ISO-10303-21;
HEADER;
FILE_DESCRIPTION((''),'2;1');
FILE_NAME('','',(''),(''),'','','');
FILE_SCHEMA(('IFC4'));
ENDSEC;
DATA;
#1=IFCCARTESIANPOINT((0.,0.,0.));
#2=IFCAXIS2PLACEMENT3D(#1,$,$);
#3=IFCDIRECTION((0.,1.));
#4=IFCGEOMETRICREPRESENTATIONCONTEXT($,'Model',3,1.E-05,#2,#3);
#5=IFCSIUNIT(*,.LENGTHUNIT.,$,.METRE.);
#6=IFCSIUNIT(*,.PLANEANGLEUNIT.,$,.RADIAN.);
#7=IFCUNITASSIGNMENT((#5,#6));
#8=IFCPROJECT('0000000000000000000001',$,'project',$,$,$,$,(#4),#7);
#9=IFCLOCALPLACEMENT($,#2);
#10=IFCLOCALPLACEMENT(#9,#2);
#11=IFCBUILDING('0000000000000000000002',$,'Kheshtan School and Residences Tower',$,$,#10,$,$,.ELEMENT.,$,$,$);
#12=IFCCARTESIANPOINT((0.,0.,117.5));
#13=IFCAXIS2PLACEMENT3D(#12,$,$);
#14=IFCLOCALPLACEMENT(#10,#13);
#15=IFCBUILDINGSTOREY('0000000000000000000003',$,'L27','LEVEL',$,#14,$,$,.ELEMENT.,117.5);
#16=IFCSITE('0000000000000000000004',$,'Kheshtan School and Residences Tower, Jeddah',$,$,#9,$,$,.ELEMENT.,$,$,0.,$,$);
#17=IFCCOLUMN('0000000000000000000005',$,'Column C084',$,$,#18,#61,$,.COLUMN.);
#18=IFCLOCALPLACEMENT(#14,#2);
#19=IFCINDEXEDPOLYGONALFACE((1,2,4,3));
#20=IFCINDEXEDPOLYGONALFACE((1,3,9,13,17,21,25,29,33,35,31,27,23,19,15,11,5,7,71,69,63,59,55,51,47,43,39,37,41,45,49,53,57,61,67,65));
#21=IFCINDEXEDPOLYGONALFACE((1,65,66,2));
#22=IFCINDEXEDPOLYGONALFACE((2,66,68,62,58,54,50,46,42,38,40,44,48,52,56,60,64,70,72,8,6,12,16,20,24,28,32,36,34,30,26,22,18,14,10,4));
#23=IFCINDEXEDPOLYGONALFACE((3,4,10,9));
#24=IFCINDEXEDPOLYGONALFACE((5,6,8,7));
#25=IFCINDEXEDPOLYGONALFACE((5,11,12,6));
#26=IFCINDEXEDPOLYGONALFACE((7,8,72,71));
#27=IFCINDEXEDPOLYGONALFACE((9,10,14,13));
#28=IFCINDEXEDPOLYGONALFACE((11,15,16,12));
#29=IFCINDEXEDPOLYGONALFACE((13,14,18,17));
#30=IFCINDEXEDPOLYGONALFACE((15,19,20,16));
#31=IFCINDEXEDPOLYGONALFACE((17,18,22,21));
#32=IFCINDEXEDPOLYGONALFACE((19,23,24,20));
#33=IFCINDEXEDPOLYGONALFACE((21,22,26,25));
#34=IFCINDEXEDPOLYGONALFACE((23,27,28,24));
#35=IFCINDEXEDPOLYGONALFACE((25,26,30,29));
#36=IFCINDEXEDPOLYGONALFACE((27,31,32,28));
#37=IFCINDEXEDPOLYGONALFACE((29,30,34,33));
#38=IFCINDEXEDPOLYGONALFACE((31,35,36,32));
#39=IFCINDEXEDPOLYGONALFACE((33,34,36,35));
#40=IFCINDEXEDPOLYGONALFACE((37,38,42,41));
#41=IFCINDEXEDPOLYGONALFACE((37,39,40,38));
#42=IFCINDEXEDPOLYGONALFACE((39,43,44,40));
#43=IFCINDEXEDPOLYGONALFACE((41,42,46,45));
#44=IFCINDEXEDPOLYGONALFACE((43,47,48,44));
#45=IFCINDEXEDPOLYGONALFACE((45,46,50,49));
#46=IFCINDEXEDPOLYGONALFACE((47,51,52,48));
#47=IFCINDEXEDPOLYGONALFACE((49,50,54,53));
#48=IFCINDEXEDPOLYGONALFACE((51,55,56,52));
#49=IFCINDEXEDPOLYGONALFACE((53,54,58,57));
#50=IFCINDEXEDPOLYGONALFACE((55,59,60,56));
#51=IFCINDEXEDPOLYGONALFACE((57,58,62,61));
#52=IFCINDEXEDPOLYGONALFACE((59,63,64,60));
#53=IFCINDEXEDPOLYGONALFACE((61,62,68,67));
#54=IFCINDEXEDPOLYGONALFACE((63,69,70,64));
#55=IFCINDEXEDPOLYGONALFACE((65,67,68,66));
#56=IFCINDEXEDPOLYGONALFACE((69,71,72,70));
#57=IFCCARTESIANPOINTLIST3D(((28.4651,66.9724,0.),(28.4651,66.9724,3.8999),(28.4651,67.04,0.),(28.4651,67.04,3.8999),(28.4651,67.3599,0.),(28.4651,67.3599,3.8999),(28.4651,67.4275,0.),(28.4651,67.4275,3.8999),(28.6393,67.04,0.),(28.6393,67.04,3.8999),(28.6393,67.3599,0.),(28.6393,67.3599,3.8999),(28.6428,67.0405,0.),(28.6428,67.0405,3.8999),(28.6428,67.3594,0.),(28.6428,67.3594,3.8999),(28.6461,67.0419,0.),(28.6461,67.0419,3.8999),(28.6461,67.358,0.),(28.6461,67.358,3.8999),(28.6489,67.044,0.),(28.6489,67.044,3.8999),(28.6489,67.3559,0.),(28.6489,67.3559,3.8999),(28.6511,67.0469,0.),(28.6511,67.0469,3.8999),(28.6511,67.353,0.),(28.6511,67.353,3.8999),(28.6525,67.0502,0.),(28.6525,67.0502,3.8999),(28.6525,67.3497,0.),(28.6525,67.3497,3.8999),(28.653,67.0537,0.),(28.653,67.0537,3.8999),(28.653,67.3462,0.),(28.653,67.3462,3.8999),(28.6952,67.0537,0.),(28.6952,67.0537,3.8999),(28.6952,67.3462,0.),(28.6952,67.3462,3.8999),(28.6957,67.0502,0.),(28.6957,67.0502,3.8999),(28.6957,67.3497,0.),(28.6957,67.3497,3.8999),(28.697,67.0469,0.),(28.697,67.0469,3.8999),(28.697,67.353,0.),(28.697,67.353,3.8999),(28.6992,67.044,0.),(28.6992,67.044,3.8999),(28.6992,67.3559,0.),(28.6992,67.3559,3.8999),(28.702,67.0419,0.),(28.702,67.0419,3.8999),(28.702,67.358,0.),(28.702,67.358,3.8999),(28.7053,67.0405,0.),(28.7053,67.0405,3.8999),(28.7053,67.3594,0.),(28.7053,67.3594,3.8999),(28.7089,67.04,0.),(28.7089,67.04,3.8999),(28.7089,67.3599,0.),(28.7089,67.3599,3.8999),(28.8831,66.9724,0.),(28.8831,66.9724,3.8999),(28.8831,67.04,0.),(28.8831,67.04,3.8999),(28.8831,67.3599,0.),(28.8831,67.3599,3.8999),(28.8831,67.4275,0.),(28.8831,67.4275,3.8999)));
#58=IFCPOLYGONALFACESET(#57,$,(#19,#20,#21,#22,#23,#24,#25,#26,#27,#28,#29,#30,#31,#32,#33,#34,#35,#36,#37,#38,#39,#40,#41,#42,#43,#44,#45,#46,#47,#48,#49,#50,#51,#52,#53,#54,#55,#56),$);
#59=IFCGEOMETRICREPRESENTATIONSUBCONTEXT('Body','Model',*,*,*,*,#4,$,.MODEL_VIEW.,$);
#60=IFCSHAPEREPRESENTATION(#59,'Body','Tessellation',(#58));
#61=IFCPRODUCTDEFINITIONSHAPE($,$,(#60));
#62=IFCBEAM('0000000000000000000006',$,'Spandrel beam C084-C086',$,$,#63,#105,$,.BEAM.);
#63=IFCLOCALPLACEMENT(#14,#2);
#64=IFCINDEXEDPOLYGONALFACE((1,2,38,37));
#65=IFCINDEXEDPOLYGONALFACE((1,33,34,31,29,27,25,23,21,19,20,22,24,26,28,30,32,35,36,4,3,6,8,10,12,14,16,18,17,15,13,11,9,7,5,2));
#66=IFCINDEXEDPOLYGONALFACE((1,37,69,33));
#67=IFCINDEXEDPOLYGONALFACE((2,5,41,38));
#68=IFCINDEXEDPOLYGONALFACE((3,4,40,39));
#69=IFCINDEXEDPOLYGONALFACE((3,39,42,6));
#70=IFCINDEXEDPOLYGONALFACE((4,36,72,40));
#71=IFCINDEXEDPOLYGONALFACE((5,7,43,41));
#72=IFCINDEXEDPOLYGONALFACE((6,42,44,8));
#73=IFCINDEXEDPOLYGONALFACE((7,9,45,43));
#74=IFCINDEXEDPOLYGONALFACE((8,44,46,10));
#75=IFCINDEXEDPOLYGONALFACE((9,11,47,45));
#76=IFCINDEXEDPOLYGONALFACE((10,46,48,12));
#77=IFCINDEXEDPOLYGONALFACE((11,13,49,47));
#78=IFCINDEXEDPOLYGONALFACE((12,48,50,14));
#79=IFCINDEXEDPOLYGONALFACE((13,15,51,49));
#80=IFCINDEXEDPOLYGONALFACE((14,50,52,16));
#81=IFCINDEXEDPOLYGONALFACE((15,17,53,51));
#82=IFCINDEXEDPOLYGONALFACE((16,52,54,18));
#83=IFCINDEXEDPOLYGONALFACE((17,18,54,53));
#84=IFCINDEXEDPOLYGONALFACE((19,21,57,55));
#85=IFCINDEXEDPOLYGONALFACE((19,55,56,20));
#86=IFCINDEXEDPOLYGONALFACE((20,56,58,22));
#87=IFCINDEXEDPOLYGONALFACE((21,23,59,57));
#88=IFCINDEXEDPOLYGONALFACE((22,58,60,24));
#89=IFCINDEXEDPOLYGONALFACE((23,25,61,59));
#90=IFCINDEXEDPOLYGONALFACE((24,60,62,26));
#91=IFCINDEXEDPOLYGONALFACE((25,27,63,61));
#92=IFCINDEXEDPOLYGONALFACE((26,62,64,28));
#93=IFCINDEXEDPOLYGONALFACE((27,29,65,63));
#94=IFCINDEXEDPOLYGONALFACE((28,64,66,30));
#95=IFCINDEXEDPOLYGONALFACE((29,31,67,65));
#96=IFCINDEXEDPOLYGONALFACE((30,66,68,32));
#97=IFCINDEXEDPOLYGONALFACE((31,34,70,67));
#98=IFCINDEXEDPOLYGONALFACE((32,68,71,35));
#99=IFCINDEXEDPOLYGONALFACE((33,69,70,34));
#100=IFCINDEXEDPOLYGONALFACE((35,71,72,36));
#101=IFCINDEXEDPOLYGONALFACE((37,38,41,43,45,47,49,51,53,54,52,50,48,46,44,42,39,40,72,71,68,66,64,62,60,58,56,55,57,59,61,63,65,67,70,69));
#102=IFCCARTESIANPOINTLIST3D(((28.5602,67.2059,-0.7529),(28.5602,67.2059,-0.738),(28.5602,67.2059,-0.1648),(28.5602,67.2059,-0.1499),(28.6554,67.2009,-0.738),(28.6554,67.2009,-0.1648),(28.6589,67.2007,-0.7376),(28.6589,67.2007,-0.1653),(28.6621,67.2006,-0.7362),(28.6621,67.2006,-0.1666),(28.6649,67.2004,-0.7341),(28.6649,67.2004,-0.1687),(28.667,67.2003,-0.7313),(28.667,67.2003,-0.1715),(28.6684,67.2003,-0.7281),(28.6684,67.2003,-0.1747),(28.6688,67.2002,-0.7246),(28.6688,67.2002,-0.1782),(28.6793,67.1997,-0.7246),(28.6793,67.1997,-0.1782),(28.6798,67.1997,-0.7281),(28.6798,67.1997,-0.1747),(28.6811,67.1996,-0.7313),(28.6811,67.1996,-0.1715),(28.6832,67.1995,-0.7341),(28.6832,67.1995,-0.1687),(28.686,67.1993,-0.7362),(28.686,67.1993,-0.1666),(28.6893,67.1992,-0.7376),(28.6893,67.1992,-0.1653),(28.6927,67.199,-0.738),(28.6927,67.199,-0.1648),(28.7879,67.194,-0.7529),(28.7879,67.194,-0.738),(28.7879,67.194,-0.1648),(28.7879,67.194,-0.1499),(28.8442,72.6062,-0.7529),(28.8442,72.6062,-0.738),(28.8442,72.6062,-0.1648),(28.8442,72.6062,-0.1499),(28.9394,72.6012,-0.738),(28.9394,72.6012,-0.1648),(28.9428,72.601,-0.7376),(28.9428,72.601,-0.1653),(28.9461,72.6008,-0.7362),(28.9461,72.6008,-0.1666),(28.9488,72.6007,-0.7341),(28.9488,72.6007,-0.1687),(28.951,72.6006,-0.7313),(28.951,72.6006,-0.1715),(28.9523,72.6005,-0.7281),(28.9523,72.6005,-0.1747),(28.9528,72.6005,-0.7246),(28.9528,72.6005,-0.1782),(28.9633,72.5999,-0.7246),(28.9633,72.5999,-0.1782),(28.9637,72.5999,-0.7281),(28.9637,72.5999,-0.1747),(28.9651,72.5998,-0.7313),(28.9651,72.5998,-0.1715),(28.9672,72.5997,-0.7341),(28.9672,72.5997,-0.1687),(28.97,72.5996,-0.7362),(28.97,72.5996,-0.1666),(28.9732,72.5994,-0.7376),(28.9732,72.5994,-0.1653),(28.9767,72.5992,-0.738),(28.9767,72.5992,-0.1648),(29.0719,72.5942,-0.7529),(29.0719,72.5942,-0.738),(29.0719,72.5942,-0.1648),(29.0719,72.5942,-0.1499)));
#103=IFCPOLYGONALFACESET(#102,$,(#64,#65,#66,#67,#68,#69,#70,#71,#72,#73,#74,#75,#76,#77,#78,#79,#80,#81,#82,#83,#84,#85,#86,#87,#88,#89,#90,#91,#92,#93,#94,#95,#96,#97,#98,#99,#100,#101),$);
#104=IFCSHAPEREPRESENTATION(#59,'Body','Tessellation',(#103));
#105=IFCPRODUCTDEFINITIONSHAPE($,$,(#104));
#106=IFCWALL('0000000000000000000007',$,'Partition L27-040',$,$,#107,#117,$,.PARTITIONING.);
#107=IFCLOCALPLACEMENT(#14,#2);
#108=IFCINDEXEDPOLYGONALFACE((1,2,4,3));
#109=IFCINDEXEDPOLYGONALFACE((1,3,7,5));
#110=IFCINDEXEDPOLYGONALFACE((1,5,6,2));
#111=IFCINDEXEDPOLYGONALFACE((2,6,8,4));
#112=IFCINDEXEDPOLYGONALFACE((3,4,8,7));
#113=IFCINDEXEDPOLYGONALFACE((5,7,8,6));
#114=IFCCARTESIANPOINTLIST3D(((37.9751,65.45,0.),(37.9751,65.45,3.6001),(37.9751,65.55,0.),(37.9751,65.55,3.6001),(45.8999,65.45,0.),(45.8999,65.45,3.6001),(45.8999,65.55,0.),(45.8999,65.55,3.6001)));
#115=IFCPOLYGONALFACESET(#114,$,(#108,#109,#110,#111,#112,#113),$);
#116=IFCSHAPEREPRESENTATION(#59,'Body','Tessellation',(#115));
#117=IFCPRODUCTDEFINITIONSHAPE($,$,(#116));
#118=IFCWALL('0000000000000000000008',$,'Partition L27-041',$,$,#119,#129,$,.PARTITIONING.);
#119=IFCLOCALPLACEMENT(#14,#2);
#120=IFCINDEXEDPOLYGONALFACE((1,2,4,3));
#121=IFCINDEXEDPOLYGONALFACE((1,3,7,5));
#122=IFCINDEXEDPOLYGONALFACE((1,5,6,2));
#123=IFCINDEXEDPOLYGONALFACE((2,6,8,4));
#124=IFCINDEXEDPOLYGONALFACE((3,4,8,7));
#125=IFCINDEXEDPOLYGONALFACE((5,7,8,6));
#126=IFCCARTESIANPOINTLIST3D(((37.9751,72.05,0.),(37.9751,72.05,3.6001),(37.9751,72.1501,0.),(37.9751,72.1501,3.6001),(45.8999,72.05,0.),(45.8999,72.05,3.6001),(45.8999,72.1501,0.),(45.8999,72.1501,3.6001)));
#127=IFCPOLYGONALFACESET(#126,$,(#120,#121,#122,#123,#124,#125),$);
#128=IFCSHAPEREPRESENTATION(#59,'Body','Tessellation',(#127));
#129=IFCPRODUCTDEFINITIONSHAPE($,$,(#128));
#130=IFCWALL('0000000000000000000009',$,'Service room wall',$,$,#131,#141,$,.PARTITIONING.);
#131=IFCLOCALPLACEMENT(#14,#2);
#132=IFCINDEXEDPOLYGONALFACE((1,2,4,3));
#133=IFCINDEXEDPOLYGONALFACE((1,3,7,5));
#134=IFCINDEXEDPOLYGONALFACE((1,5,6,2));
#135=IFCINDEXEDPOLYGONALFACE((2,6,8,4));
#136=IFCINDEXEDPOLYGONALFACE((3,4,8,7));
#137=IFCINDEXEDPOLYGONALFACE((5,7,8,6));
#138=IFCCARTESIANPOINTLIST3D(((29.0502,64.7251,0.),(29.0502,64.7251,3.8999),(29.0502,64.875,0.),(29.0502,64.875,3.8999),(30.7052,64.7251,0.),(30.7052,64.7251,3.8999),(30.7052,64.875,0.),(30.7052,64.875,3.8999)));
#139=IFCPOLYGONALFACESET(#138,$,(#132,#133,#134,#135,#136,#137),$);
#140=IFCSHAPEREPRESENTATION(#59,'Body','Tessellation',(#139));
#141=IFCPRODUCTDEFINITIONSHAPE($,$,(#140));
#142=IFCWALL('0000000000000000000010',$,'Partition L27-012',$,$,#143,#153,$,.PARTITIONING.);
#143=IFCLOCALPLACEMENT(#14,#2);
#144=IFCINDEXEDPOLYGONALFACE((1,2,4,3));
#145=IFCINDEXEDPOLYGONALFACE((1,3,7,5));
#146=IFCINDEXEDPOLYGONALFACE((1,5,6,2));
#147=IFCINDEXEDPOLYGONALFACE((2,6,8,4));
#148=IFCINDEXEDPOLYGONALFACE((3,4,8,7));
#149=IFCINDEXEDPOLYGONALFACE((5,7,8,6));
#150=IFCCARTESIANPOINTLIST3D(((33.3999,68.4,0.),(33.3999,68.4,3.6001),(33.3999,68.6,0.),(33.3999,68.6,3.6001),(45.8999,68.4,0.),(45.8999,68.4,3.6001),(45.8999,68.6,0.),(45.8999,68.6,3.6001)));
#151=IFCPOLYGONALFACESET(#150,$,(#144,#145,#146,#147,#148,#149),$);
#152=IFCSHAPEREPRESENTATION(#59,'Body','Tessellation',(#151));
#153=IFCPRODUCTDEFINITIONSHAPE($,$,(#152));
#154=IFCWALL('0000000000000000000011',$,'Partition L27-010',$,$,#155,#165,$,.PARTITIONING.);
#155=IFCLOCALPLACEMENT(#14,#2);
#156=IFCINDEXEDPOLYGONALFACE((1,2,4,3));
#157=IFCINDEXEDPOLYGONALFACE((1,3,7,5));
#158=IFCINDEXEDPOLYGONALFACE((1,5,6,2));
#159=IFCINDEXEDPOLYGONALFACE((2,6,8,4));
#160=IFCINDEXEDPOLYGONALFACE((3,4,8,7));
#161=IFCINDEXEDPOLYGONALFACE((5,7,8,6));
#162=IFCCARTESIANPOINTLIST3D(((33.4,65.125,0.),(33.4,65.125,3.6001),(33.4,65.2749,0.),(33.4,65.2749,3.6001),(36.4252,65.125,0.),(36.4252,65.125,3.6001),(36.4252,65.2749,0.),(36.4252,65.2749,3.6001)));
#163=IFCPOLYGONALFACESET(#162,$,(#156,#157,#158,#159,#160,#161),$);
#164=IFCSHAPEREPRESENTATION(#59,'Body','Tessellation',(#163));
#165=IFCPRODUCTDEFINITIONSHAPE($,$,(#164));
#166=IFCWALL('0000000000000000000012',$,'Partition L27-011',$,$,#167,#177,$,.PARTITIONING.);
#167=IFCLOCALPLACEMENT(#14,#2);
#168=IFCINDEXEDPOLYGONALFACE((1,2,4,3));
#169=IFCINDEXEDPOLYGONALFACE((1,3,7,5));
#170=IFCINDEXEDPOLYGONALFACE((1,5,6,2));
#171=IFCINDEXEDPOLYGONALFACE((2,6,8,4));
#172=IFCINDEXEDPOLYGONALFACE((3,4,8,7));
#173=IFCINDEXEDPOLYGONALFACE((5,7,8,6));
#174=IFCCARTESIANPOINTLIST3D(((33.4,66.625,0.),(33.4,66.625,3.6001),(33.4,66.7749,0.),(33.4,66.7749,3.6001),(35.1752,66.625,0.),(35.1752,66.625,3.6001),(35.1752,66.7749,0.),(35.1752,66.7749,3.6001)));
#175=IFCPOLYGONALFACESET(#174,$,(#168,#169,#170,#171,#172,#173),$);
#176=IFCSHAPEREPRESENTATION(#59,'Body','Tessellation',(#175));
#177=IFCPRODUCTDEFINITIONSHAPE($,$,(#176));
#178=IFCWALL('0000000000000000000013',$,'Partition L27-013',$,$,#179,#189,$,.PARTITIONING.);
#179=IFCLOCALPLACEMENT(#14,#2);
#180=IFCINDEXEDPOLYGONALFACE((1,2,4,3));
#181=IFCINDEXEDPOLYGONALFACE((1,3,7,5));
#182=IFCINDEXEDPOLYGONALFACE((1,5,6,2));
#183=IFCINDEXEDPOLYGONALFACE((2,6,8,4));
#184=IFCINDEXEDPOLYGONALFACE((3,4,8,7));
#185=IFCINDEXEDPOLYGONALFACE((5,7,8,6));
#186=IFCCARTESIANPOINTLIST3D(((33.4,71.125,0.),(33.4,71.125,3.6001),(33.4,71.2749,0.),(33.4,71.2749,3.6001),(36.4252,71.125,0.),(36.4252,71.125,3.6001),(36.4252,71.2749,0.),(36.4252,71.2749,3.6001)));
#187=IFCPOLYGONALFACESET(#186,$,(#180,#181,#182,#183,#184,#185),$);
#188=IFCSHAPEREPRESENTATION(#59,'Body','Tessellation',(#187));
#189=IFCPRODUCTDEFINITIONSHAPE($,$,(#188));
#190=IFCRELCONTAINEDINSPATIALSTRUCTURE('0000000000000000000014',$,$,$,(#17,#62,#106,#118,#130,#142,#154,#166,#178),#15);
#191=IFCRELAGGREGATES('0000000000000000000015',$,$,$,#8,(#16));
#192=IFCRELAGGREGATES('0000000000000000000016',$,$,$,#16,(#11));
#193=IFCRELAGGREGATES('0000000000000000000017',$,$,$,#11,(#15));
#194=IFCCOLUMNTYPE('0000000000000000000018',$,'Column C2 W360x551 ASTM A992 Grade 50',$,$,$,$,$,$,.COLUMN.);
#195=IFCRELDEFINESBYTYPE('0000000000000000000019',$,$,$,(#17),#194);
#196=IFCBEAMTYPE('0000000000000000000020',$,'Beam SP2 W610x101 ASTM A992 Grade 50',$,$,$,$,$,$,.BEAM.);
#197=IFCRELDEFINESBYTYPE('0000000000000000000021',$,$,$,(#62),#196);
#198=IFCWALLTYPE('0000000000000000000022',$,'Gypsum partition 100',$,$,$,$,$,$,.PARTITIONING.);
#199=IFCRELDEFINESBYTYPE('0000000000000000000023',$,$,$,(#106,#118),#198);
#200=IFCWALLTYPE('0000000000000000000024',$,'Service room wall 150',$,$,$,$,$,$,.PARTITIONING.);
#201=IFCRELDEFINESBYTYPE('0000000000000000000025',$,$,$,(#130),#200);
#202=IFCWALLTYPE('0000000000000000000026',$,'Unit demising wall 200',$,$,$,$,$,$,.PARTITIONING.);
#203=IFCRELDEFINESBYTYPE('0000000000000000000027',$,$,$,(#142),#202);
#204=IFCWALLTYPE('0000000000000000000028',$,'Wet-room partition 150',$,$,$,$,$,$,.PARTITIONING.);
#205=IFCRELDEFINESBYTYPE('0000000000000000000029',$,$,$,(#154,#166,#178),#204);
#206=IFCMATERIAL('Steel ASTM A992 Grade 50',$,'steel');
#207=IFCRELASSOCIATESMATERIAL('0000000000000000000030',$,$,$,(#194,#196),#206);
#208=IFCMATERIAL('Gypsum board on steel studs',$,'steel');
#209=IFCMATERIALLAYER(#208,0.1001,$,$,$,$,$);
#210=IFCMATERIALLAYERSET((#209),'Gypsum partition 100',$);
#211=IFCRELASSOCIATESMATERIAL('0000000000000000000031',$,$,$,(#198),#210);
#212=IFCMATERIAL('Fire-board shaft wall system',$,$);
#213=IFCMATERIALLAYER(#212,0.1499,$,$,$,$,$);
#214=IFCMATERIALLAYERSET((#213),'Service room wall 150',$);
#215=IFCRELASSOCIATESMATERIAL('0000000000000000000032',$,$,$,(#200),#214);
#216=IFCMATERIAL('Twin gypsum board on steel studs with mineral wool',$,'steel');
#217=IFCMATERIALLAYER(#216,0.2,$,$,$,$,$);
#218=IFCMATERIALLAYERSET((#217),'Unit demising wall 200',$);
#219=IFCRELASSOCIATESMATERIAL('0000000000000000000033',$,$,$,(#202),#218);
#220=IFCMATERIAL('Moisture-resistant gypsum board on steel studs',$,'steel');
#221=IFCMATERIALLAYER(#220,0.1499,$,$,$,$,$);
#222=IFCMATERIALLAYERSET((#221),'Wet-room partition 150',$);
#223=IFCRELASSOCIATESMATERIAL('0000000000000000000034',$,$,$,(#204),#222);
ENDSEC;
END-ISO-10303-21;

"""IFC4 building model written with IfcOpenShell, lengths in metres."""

from ifc_helpers import new_model, si_unit, direction, frame, frame_2d, origin, origin_2d, place, context, subcontext, project, spatial, rectangle, i_section, extrude, material, layer, layer_set, material_profile, profile_set, type_object, element, save


model = new_model("IFC4")

# Units and contexts
model_context = context("Model", 3, precision=1e-05, world=origin(), true_north=direction((0.0, 1.0)))
body_context = subcontext(model_context, "Body", "Model", "MODEL_VIEW")
ifc_project = project(units=[si_unit("LENGTHUNIT", "METRE"), si_unit("PLANEANGLEUNIT", "RADIAN")], contexts=[model_context])

# Site, building, storey
site_placement = place(None, origin())
site = spatial("IfcSite", under=ifc_project, at=site_placement, Name="Kheshtan School and Residences Tower, Jeddah", CompositionType="ELEMENT", RefElevation=0.0)
building_placement = place(site_placement, origin())
building = spatial("IfcBuilding", under=site, at=building_placement, Name="Kheshtan School and Residences Tower", CompositionType="ELEMENT")
storey_placement = place(building_placement, frame((0.0, 0.0, 117.5)))
storey = spatial("IfcBuildingStorey", under=building, at=storey_placement, Name="L27", Description="LEVEL", CompositionType="ELEMENT", Elevation=117.5)

# Column
ifc_material_1 = material(Name="Steel ASTM A992 Grade 50", Category="steel")
ifc_material_profile_1 = material_profile(ifc_material_1, i_section(OverallWidth=0.418, OverallDepth=0.4551, WebThickness=0.0422, FlangeThickness=0.0676, FilletRadius=0.0137, at=origin_2d()), Name="W360x551")
ifc_profile_set_1 = profile_set([ifc_material_profile_1], Name="Steel ASTM A992 Grade 50")
column_type = type_object("IfcColumnType", Name="Column C2 W360x551 ASTM A992 Grade 50", PredefinedType="COLUMN", material=ifc_profile_set_1)
column_placement = place(storey_placement, frame((28.6741, 67.2, 0.0), z_axis=(0.0, 0.0, 1.0), x_axis=(1.0, 0.0, 0.0)))
element("IfcColumn", 1, at=column_placement, inside=storey, type_object=column_type, Name="Column C084", PredefinedType="COLUMN", context=body_context, shape_type="SweptSolid", body=[
    extrude(i_section(OverallWidth=0.418, OverallDepth=0.4551, WebThickness=0.0422, FlangeThickness=0.0676, FilletRadius=0.0137, at=origin_2d()), origin(), (0.0, 0.0, 1.0), 3.8999),
])

# Beam
ifc_material_profile_2 = material_profile(ifc_material_1, i_section(OverallWidth=0.228, OverallDepth=0.603, WebThickness=0.0105, FlangeThickness=0.0149, FilletRadius=0.0134, at=origin_2d()), Name="W610x101")
ifc_profile_set_2 = profile_set([ifc_material_profile_2], Name="Steel ASTM A992 Grade 50")
beam_type = type_object("IfcBeamType", Name="Beam SP2 W610x101 ASTM A992 Grade 50", PredefinedType="BEAM", material=ifc_profile_set_2)
beam_placement = place(storey_placement, frame((28.6741, 67.2, -0.4514), z_axis=(0.052507, 0.998621, 0.0), x_axis=(-0.998621, 0.052507, 0.0)))
element("IfcBeam", 2, at=beam_placement, inside=storey, type_object=beam_type, Name="Spandrel beam C084-C086", PredefinedType="BEAM", context=body_context, shape_type="SweptSolid", body=[
    extrude(i_section(OverallWidth=0.228, OverallDepth=0.603, WebThickness=0.0105, FlangeThickness=0.0149, FilletRadius=0.0134, at=origin_2d()), origin(), (0.0, 0.0, 1.0), 5.4077),
])

# Walls
ifc_material_2 = material(Name="Gypsum board on steel studs", Category="steel")
ifc_layer_1 = layer(ifc_material_2, 0.1001)
ifc_layer_set_1 = layer_set([ifc_layer_1], Name="Gypsum partition 100")
wall_type_1 = type_object("IfcWallType", Name="Gypsum partition 100", PredefinedType="PARTITIONING", material=ifc_layer_set_1)
for number, where, z_axis, x_axis, name in (
    (3, (37.9751, 65.5, 0.0), (0.0, 0.0, 1.0), (1.0, 0.0, 0.0), "Partition L27-040"),
    (4, (37.9751, 72.1001, 0.0), (0.0, 0.0, 1.0), (1.0, 0.0, 0.0), "Partition L27-041"),
):
    element("IfcWall", number, at=place(storey_placement, frame(where, z_axis=z_axis, x_axis=x_axis)), inside=storey, type_object=wall_type_1, Name=name, PredefinedType="PARTITIONING", context=body_context, shape_type="SweptSolid", body=[
        extrude(rectangle(XDim=7.9248, YDim=0.1001, at=frame_2d((3.9624, 0.0))), origin(), (0.0, 0.0, 1.0), 3.6001),
    ])
ifc_material_3 = material(Name="Fire-board shaft wall system")
ifc_layer_2 = layer(ifc_material_3, 0.1499)
ifc_layer_set_2 = layer_set([ifc_layer_2], Name="Service room wall 150")
wall_type_2 = type_object("IfcWallType", Name="Service room wall 150", PredefinedType="PARTITIONING", material=ifc_layer_set_2)
wall_1_placement = place(storey_placement, frame((29.05, 64.8, 0.0), z_axis=(0.0, 0.0, 1.0), x_axis=(1.0, 0.0, 0.0)))
element("IfcWall", 5, at=wall_1_placement, inside=storey, type_object=wall_type_2, Name="Service room wall", PredefinedType="PARTITIONING", context=body_context, shape_type="SweptSolid", body=[
    extrude(rectangle(XDim=1.655, YDim=0.1499, at=frame_2d((0.8276, 0.0))), origin(), (0.0, 0.0, 1.0), 3.8999),
])
ifc_material_4 = material(Name="Twin gypsum board on steel studs with mineral wool", Category="steel")
ifc_layer_3 = layer(ifc_material_4, 0.2)
ifc_layer_set_3 = layer_set([ifc_layer_3], Name="Unit demising wall 200")
wall_type_3 = type_object("IfcWallType", Name="Unit demising wall 200", PredefinedType="PARTITIONING", material=ifc_layer_set_3)
wall_2_placement = place(storey_placement, frame((33.3999, 68.5, 0.0), z_axis=(0.0, 0.0, 1.0), x_axis=(1.0, 0.0, 0.0)))
element("IfcWall", 6, at=wall_2_placement, inside=storey, type_object=wall_type_3, Name="Partition L27-012", PredefinedType="PARTITIONING", context=body_context, shape_type="SweptSolid", body=[
    extrude(rectangle(XDim=12.5, YDim=0.2, at=frame_2d((6.25, 0.0))), origin(), (0.0, 0.0, 1.0), 3.6001),
])
ifc_material_5 = material(Name="Moisture-resistant gypsum board on steel studs", Category="steel")
ifc_layer_4 = layer(ifc_material_5, 0.1499)
ifc_layer_set_4 = layer_set([ifc_layer_4], Name="Wet-room partition 150")
wall_type_4 = type_object("IfcWallType", Name="Wet-room partition 150", PredefinedType="PARTITIONING", material=ifc_layer_set_4)
wall_3_placement = place(storey_placement, frame((33.3999, 65.2, 0.0), z_axis=(0.0, 0.0, 1.0), x_axis=(1.0, 0.0, 0.0)))
element("IfcWall", 7, at=wall_3_placement, inside=storey, type_object=wall_type_4, Name="Partition L27-010", PredefinedType="PARTITIONING", context=body_context, shape_type="SweptSolid", body=[
    extrude(rectangle(XDim=3.0251, YDim=0.1499, at=frame_2d((1.5127, 0.0))), origin(), (0.0, 0.0, 1.0), 3.6001),
])
wall_4_placement = place(storey_placement, frame((33.3999, 66.7, 0.0), z_axis=(0.0, 0.0, 1.0), x_axis=(1.0, 0.0, 0.0)))
element("IfcWall", 8, at=wall_4_placement, inside=storey, type_object=wall_type_4, Name="Partition L27-011", PredefinedType="PARTITIONING", context=body_context, shape_type="SweptSolid", body=[
    extrude(rectangle(XDim=1.7751, YDim=0.1499, at=frame_2d((0.8877, 0.0))), origin(), (0.0, 0.0, 1.0), 3.6001),
])
wall_5_placement = place(storey_placement, frame((33.3999, 71.2, 0.0), z_axis=(0.0, 0.0, 1.0), x_axis=(1.0, 0.0, 0.0)))
element("IfcWall", 9, at=wall_5_placement, inside=storey, type_object=wall_type_4, Name="Partition L27-013", PredefinedType="PARTITIONING", context=body_context, shape_type="SweptSolid", body=[
    extrude(rectangle(XDim=3.0251, YDim=0.1499, at=frame_2d((1.5127, 0.0))), origin(), (0.0, 0.0, 1.0), 3.6001),
])

save(model, "model.ifc")
